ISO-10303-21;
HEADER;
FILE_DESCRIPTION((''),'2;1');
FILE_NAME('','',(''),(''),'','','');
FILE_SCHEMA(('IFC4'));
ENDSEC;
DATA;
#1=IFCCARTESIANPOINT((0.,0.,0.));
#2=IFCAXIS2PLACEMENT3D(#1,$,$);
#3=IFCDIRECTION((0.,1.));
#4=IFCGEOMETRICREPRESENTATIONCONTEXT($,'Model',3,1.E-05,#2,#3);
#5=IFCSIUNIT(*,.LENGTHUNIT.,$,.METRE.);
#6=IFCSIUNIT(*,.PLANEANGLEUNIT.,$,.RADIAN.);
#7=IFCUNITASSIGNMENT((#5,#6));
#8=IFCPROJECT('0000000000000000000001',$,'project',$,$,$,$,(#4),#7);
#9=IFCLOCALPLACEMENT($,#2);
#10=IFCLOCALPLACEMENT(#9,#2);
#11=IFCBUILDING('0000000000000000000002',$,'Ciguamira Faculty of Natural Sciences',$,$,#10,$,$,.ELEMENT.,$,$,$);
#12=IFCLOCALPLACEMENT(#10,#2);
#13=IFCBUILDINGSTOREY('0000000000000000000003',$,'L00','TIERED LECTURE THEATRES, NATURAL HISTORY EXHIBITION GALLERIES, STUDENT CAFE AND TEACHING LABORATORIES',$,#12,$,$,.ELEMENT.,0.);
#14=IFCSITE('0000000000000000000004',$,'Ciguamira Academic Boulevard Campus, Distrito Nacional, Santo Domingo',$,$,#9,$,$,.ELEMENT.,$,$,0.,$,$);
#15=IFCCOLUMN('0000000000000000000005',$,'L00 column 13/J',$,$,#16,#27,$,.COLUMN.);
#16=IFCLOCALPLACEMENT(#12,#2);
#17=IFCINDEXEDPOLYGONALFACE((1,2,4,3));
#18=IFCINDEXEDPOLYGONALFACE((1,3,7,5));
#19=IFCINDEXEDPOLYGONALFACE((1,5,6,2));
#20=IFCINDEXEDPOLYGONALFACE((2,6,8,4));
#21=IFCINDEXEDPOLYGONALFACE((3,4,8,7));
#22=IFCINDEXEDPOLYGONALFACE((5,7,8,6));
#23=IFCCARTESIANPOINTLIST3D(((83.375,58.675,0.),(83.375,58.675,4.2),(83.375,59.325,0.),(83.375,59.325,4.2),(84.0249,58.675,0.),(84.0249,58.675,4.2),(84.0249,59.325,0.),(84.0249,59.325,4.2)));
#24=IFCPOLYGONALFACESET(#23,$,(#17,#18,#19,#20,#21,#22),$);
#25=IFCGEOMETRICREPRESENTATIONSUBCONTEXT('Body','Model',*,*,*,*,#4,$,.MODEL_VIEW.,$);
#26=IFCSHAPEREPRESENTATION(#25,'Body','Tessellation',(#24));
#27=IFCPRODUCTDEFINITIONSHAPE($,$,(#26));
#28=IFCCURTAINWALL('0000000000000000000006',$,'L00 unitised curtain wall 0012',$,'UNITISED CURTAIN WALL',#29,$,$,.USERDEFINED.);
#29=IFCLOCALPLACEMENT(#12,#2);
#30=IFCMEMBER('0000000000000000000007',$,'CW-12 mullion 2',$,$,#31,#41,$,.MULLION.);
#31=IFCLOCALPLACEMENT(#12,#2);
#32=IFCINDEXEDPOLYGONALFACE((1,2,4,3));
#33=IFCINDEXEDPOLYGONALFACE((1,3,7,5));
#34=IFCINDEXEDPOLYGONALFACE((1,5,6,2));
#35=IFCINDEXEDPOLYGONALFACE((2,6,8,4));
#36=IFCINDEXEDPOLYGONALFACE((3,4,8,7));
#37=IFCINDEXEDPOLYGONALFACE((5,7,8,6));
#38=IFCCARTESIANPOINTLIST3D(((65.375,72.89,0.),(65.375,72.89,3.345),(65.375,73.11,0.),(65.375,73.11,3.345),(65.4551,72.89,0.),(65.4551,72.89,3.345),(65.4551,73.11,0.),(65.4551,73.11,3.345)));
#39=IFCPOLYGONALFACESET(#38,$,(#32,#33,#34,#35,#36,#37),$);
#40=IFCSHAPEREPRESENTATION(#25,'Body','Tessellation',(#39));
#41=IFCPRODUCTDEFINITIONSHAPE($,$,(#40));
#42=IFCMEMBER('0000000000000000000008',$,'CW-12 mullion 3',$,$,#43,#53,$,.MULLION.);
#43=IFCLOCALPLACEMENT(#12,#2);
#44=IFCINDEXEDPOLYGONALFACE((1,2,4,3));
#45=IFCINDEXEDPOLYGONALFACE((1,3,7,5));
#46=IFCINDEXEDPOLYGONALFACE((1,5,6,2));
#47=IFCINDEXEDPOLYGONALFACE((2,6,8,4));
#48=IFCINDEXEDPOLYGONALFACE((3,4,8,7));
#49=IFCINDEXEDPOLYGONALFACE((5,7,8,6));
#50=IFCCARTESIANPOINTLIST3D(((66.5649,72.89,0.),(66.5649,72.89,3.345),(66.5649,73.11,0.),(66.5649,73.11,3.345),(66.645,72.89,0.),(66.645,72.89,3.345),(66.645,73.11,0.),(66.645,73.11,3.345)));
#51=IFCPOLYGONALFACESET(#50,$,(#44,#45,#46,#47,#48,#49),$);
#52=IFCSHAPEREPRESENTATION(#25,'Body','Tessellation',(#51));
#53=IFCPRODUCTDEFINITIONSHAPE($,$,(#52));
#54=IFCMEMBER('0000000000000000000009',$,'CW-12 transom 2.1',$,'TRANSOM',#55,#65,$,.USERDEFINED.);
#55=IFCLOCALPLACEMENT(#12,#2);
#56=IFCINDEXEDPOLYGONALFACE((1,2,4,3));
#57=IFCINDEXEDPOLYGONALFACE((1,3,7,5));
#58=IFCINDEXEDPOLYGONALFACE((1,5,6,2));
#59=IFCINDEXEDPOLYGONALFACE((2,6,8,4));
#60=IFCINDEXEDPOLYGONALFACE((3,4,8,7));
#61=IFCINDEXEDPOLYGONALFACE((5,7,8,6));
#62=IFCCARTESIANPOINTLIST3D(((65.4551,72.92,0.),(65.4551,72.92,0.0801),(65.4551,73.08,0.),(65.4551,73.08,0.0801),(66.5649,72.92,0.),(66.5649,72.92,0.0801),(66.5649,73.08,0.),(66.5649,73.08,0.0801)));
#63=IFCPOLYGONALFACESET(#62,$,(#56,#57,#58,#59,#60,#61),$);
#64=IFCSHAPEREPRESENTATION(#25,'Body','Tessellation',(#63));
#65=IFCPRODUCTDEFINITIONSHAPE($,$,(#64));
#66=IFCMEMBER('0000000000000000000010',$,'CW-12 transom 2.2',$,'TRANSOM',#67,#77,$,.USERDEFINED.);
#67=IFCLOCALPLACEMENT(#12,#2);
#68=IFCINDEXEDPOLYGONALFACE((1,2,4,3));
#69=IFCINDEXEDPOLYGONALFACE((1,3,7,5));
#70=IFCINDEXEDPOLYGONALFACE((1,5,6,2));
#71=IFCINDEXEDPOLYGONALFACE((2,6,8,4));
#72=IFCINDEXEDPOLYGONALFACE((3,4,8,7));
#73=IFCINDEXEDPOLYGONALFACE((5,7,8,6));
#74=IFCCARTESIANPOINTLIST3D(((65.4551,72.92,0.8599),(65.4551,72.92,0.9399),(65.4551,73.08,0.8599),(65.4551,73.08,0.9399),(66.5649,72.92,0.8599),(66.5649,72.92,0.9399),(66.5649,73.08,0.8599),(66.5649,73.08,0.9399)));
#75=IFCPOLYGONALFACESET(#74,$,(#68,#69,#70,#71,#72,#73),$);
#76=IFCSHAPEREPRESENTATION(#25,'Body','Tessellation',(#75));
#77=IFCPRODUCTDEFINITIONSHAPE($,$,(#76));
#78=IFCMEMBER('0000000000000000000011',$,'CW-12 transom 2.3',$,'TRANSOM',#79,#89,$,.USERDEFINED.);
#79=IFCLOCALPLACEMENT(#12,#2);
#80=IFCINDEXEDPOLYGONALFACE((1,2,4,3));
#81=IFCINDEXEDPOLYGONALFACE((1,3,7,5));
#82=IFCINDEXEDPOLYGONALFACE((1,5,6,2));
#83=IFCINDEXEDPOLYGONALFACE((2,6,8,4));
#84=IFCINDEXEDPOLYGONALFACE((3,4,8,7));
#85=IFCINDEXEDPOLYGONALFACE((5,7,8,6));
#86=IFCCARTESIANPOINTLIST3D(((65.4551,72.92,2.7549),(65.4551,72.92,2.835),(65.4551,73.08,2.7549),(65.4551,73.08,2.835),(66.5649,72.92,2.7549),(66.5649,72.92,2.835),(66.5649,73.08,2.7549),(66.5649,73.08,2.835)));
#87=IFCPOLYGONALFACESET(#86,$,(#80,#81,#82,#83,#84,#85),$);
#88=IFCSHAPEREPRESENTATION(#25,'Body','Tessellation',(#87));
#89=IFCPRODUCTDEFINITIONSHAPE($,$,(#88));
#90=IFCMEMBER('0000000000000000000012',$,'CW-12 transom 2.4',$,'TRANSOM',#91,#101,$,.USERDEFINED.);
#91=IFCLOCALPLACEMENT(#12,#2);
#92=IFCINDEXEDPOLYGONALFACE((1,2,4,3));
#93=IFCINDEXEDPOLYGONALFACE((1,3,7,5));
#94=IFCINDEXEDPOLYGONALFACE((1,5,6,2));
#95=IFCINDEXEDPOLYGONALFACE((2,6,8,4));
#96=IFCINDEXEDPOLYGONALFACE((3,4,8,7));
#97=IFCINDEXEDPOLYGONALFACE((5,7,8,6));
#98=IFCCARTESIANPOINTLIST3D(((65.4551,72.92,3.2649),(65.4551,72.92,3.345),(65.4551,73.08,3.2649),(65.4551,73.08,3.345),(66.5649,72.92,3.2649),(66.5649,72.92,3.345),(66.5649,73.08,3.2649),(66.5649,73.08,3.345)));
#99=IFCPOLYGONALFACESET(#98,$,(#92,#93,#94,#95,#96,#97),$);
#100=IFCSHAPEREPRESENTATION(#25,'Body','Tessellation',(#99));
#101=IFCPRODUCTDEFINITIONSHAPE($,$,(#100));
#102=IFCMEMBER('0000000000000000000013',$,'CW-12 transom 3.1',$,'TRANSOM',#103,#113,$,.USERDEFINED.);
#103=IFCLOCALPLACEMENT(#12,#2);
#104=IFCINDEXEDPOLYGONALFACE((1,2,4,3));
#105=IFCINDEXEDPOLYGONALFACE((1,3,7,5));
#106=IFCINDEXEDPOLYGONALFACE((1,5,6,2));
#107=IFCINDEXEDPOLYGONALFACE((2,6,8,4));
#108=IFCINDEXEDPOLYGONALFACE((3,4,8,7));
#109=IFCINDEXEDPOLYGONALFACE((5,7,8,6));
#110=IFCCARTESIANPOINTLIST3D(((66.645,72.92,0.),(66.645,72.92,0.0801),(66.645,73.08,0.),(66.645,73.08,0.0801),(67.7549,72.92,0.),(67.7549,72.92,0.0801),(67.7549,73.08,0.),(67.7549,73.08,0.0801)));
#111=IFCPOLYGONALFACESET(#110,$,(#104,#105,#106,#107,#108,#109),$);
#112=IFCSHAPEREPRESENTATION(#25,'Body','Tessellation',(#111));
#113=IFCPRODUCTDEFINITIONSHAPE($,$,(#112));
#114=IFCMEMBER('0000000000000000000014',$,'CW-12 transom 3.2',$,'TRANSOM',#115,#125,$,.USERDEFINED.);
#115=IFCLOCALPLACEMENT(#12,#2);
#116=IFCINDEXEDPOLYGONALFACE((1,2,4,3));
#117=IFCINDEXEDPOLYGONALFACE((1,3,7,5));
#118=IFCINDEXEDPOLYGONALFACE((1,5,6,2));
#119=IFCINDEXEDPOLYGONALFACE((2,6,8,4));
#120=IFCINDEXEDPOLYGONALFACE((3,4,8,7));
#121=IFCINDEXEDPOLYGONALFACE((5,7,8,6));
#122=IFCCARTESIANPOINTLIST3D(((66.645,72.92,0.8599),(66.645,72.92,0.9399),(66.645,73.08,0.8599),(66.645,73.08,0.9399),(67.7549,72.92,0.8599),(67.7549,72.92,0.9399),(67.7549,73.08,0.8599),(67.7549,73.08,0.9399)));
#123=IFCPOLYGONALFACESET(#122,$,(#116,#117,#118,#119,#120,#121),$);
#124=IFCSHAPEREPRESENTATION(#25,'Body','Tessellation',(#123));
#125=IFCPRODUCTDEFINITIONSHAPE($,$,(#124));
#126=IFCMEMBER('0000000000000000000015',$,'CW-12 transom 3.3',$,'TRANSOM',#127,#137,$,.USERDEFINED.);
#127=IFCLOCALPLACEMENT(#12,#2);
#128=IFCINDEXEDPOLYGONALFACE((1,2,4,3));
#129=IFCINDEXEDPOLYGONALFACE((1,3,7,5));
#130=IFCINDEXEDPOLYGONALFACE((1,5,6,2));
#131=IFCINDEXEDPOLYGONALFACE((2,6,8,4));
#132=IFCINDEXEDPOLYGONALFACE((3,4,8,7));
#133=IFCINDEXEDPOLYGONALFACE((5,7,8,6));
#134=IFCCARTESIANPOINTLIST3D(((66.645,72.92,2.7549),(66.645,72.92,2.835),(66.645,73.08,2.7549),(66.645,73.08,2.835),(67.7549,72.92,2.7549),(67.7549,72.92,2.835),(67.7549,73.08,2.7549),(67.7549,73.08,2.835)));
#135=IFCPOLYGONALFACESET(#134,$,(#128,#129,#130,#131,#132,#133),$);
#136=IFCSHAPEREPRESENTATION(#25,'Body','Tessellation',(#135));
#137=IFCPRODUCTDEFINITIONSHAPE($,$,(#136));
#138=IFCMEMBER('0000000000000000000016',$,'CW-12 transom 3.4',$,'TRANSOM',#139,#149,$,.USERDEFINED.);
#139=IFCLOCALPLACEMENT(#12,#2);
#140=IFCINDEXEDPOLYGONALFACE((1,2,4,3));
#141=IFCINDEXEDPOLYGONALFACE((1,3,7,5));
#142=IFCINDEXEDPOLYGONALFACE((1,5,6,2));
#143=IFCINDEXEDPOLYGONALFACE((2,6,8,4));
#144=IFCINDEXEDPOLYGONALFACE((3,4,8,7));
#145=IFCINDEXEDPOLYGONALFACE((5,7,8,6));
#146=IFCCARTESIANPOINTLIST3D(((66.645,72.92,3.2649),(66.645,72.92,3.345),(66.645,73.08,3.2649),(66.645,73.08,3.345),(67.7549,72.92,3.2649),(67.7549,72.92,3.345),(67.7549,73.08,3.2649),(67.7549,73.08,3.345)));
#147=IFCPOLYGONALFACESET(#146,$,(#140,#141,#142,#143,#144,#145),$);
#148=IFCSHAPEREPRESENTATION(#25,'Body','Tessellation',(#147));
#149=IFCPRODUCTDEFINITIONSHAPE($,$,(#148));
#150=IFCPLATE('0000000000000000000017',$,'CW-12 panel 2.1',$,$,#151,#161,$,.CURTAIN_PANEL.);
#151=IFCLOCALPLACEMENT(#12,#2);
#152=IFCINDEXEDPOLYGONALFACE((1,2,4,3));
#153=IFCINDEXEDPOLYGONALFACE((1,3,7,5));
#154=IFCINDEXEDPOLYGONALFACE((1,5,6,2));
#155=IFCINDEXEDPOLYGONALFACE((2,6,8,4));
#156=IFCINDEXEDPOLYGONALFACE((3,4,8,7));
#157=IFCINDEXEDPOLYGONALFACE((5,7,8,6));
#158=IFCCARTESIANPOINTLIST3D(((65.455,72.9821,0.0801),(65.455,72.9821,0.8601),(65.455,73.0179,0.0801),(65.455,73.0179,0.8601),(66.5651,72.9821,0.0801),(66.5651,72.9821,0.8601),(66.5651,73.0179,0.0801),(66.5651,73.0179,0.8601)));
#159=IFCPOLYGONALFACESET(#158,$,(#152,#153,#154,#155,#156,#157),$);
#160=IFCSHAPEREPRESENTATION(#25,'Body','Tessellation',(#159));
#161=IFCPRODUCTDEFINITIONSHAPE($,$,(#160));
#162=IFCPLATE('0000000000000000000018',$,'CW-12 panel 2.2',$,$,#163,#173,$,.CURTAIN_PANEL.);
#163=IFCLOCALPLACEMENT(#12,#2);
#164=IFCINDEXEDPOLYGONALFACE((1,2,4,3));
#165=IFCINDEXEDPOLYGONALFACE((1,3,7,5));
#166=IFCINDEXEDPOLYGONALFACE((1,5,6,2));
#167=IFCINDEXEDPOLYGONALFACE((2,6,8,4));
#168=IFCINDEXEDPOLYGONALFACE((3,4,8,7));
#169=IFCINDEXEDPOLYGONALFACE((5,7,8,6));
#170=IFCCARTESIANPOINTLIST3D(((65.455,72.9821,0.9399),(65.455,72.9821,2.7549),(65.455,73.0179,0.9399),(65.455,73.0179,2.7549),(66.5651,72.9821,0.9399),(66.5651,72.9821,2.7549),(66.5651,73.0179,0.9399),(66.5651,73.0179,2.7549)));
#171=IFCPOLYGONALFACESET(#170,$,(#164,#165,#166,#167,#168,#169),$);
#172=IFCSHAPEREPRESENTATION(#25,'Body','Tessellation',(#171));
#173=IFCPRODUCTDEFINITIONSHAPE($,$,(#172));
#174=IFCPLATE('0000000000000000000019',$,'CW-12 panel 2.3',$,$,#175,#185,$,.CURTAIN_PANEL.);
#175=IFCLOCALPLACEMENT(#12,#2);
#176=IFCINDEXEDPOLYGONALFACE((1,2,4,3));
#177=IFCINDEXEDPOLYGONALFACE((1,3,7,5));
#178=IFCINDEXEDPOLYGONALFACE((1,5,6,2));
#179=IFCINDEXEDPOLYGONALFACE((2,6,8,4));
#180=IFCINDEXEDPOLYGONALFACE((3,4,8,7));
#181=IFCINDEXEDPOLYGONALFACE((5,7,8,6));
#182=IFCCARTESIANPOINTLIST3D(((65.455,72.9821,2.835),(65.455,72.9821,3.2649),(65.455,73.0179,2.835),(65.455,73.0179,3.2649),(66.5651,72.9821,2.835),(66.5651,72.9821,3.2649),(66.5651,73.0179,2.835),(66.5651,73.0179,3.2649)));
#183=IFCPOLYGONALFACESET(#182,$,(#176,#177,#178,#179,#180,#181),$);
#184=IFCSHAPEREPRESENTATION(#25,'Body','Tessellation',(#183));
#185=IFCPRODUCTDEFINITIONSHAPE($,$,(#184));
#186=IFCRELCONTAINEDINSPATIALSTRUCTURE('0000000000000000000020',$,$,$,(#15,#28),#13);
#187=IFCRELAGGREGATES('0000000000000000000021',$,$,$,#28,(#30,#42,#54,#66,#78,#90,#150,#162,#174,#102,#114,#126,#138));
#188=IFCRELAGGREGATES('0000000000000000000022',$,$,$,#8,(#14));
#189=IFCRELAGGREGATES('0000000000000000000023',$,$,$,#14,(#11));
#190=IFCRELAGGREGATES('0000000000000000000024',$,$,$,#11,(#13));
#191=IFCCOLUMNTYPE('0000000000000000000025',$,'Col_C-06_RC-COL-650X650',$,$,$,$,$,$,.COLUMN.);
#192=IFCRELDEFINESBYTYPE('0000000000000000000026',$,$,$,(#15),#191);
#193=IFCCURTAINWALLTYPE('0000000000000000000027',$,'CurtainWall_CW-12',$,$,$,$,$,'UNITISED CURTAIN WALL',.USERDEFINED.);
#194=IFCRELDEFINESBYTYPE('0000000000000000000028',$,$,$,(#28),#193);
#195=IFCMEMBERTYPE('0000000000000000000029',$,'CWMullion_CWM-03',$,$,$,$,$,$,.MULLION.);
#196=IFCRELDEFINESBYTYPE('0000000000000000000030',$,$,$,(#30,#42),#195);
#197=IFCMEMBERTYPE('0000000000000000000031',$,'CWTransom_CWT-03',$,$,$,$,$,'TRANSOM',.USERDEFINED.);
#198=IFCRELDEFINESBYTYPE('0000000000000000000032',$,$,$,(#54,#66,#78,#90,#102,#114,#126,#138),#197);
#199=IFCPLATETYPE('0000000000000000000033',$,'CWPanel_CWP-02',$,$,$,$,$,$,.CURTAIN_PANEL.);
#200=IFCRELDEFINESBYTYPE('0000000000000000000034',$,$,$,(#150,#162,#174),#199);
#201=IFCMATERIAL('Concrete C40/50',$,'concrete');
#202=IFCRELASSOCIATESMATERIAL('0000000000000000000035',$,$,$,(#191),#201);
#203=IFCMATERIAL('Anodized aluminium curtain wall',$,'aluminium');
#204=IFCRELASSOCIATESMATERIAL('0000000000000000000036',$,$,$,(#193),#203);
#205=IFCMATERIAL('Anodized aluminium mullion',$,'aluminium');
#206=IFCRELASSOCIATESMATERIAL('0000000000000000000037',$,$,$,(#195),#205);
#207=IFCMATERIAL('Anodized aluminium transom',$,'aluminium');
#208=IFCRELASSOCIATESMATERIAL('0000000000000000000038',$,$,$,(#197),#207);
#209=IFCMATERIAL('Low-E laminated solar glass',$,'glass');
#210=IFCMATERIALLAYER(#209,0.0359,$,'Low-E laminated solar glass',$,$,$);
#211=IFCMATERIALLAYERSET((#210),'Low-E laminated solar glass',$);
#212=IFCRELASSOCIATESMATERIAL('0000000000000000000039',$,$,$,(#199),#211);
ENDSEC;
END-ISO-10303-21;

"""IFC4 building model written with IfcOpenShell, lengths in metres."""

from ifc_helpers import new_model, si_unit, direction, frame, origin, origin_2d, place, context, subcontext, project, spatial, rectangle, extrude, material, layer, layer_set, material_profile, profile_set, type_object, element, aggregate, save


model = new_model("IFC4")

# Units and contexts
model_context = context("Model", 3, precision=1e-05, world=origin(), true_north=direction((0.0, 1.0)))
body_context = subcontext(model_context, "Body", "Model", "MODEL_VIEW")
ifc_project = project(units=[si_unit("LENGTHUNIT", "METRE"), si_unit("PLANEANGLEUNIT", "RADIAN")], contexts=[model_context])

# Site, building, storey
site_placement = place(None, origin())
site = spatial("IfcSite", under=ifc_project, at=site_placement, Name="Ciguamira Academic Boulevard Campus, Distrito Nacional, Santo Domingo", CompositionType="ELEMENT", RefElevation=0.0)
building_placement = place(site_placement, origin())
building = spatial("IfcBuilding", under=site, at=building_placement, Name="Ciguamira Faculty of Natural Sciences", CompositionType="ELEMENT")
storey_placement = place(building_placement, origin())
storey = spatial("IfcBuildingStorey", under=building, at=storey_placement, Name="L00", Description="TIERED LECTURE THEATRES, NATURAL HISTORY EXHIBITION GALLERIES, STUDENT CAFE AND TEACHING LABORATORIES", CompositionType="ELEMENT", Elevation=0.0)

# Column
ifc_material_1 = material(Name="Concrete C40/50", Category="concrete")
ifc_material_profile_1 = material_profile(ifc_material_1, rectangle(XDim=0.6499, YDim=0.6499, at=origin_2d()), Name="RC-COL-650X650")
ifc_profile_set_1 = profile_set([ifc_material_profile_1], Name="Concrete C40/50")
column_type = type_object("IfcColumnType", Name="Col_C-06_RC-COL-650X650", PredefinedType="COLUMN", material=ifc_profile_set_1)
column_placement = place(storey_placement, frame((83.7, 59.0, 0.0), z_axis=(0.0, 0.0, 1.0), x_axis=(1.0, 0.0, 0.0)))
element("IfcColumn", 1, at=column_placement, inside=storey, type_object=column_type, Name="L00 column 13/J", PredefinedType="COLUMN", context=body_context, shape_type="SweptSolid", body=[
    extrude(rectangle(XDim=0.6499, YDim=0.6499, at=origin_2d()), origin(), (0.0, 0.0, 1.0), 4.2),
])

# Curtain wall, members, plates
ifc_material_2 = material(Name="Anodized aluminium curtain wall", Category="aluminium")
curtain_wall_type = type_object("IfcCurtainWallType", Name="CurtainWall_CW-12", ElementType="UNITISED CURTAIN WALL", PredefinedType="USERDEFINED", material=ifc_material_2)
curtain_wall_placement = place(storey_placement, origin())
curtain_wall = element("IfcCurtainWall", 2, at=curtain_wall_placement, inside=storey, type_object=curtain_wall_type, Name="L00 unitised curtain wall 0012", ObjectType="UNITISED CURTAIN WALL", PredefinedType="USERDEFINED")
ifc_material_3 = material(Name="Anodized aluminium mullion", Category="aluminium")
ifc_material_profile_2 = material_profile(ifc_material_3, rectangle(XDim=0.0801, YDim=0.22, at=origin_2d()), Name="ALU-MUL-80X220")
ifc_profile_set_2 = profile_set([ifc_material_profile_2], Name="Anodized aluminium mullion")
member_type_1 = type_object("IfcMemberType", Name="CWMullion_CWM-03", PredefinedType="MULLION", material=ifc_profile_set_2)
member_1_placement = place(storey_placement, frame((65.415, 73.0, 0.0), z_axis=(0.0, 0.0, 1.0), x_axis=(1.0, 0.0, 0.0)))
member_1 = element("IfcMember", 3, at=member_1_placement, type_object=member_type_1, Name="CW-12 mullion 2", PredefinedType="MULLION", context=body_context, shape_type="SweptSolid", body=[
    extrude(rectangle(XDim=0.0801, YDim=0.22, at=origin_2d()), origin(), (0.0, 0.0, 1.0), 3.345),
])
member_2_placement = place(storey_placement, frame((66.605, 73.0, 0.0), z_axis=(0.0, 0.0, 1.0), x_axis=(1.0, 0.0, 0.0)))
member_2 = element("IfcMember", 4, at=member_2_placement, type_object=member_type_1, Name="CW-12 mullion 3", PredefinedType="MULLION", context=body_context, shape_type="SweptSolid", body=[
    extrude(rectangle(XDim=0.0801, YDim=0.22, at=origin_2d()), origin(), (0.0, 0.0, 1.0), 3.345),
])
ifc_material_4 = material(Name="Anodized aluminium transom", Category="aluminium")
ifc_material_profile_3 = material_profile(ifc_material_4, rectangle(XDim=0.0801, YDim=0.1599, at=origin_2d()), Name="ALU-TRN-80X160")
ifc_profile_set_3 = profile_set([ifc_material_profile_3], Name="Anodized aluminium transom")
member_type_2 = type_object("IfcMemberType", Name="CWTransom_CWT-03", ElementType="TRANSOM", PredefinedType="USERDEFINED", material=ifc_profile_set_3)
member_3_placement = place(storey_placement, frame((65.4551, 73.0, 0.04), z_axis=(1.0, 0.0, 0.0), x_axis=(0.0, 0.0, 1.0)))
member_3 = element("IfcMember", 5, at=member_3_placement, type_object=member_type_2, Name="CW-12 transom 2.1", ObjectType="TRANSOM", PredefinedType="USERDEFINED", context=body_context, shape_type="SweptSolid", body=[
    extrude(rectangle(XDim=0.0801, YDim=0.1599, at=origin_2d()), origin(), (0.0, 0.0, 1.0), 1.1099),
])
member_4_placement = place(storey_placement, frame((65.4551, 73.0, 0.8999), z_axis=(1.0, 0.0, 0.0), x_axis=(0.0, 0.0, 1.0)))
member_4 = element("IfcMember", 6, at=member_4_placement, type_object=member_type_2, Name="CW-12 transom 2.2", ObjectType="TRANSOM", PredefinedType="USERDEFINED", context=body_context, shape_type="SweptSolid", body=[
    extrude(rectangle(XDim=0.0801, YDim=0.1599, at=origin_2d()), origin(), (0.0, 0.0, 1.0), 1.1099),
])
member_5_placement = place(storey_placement, frame((65.4551, 73.0, 2.7949), z_axis=(1.0, 0.0, 0.0), x_axis=(0.0, 0.0, 1.0)))
member_5 = element("IfcMember", 7, at=member_5_placement, type_object=member_type_2, Name="CW-12 transom 2.3", ObjectType="TRANSOM", PredefinedType="USERDEFINED", context=body_context, shape_type="SweptSolid", body=[
    extrude(rectangle(XDim=0.0801, YDim=0.1599, at=origin_2d()), origin(), (0.0, 0.0, 1.0), 1.1099),
])
member_6_placement = place(storey_placement, frame((65.4551, 73.0, 3.3049), z_axis=(1.0, 0.0, 0.0), x_axis=(0.0, 0.0, 1.0)))
member_6 = element("IfcMember", 8, at=member_6_placement, type_object=member_type_2, Name="CW-12 transom 2.4", ObjectType="TRANSOM", PredefinedType="USERDEFINED", context=body_context, shape_type="SweptSolid", body=[
    extrude(rectangle(XDim=0.0801, YDim=0.1599, at=origin_2d()), origin(), (0.0, 0.0, 1.0), 1.1099),
])
member_7_placement = place(storey_placement, frame((66.645, 73.0, 0.04), z_axis=(1.0, 0.0, 0.0), x_axis=(0.0, 0.0, 1.0)))
member_7 = element("IfcMember", 9, at=member_7_placement, type_object=member_type_2, Name="CW-12 transom 3.1", ObjectType="TRANSOM", PredefinedType="USERDEFINED", context=body_context, shape_type="SweptSolid", body=[
    extrude(rectangle(XDim=0.0801, YDim=0.1599, at=origin_2d()), origin(), (0.0, 0.0, 1.0), 1.1099),
])
member_8_placement = place(storey_placement, frame((66.645, 73.0, 0.8999), z_axis=(1.0, 0.0, 0.0), x_axis=(0.0, 0.0, 1.0)))
member_8 = element("IfcMember", 10, at=member_8_placement, type_object=member_type_2, Name="CW-12 transom 3.2", ObjectType="TRANSOM", PredefinedType="USERDEFINED", context=body_context, shape_type="SweptSolid", body=[
    extrude(rectangle(XDim=0.0801, YDim=0.1599, at=origin_2d()), origin(), (0.0, 0.0, 1.0), 1.1099),
])
member_9_placement = place(storey_placement, frame((66.645, 73.0, 2.7949), z_axis=(1.0, 0.0, 0.0), x_axis=(0.0, 0.0, 1.0)))
member_9 = element("IfcMember", 11, at=member_9_placement, type_object=member_type_2, Name="CW-12 transom 3.3", ObjectType="TRANSOM", PredefinedType="USERDEFINED", context=body_context, shape_type="SweptSolid", body=[
    extrude(rectangle(XDim=0.0801, YDim=0.1599, at=origin_2d()), origin(), (0.0, 0.0, 1.0), 1.1099),
])
member_10_placement = place(storey_placement, frame((66.645, 73.0, 3.3049), z_axis=(1.0, 0.0, 0.0), x_axis=(0.0, 0.0, 1.0)))
member_10 = element("IfcMember", 12, at=member_10_placement, type_object=member_type_2, Name="CW-12 transom 3.4", ObjectType="TRANSOM", PredefinedType="USERDEFINED", context=body_context, shape_type="SweptSolid", body=[
    extrude(rectangle(XDim=0.0801, YDim=0.1599, at=origin_2d()), origin(), (0.0, 0.0, 1.0), 1.1099),
])
ifc_material_5 = material(Name="Low-E laminated solar glass", Category="glass")
ifc_layer_1 = layer(ifc_material_5, 0.0359, Name="Low-E laminated solar glass")
ifc_layer_set_1 = layer_set([ifc_layer_1], Name="Low-E laminated solar glass")
plate_type = type_object("IfcPlateType", Name="CWPanel_CWP-02", PredefinedType="CURTAIN_PANEL", material=ifc_layer_set_1)
plate_1_placement = place(storey_placement, frame((66.01, 73.0, 0.0801), z_axis=(0.0, 0.0, 1.0), x_axis=(1.0, 0.0, 0.0)))
plate_1 = element("IfcPlate", 13, at=plate_1_placement, type_object=plate_type, Name="CW-12 panel 2.1", PredefinedType="CURTAIN_PANEL", context=body_context, shape_type="SweptSolid", body=[
    extrude(rectangle(XDim=1.1101, YDim=0.0359, at=origin_2d()), origin(), (0.0, 0.0, 1.0), 0.78),
])
plate_2_placement = place(storey_placement, frame((66.01, 73.0, 0.9399), z_axis=(0.0, 0.0, 1.0), x_axis=(1.0, 0.0, 0.0)))
plate_2 = element("IfcPlate", 14, at=plate_2_placement, type_object=plate_type, Name="CW-12 panel 2.2", PredefinedType="CURTAIN_PANEL", context=body_context, shape_type="SweptSolid", body=[
    extrude(rectangle(XDim=1.1101, YDim=0.0359, at=origin_2d()), origin(), (0.0, 0.0, 1.0), 1.8149),
])
plate_3_placement = place(storey_placement, frame((66.01, 73.0, 2.835), z_axis=(0.0, 0.0, 1.0), x_axis=(1.0, 0.0, 0.0)))
plate_3 = element("IfcPlate", 15, at=plate_3_placement, type_object=plate_type, Name="CW-12 panel 2.3", PredefinedType="CURTAIN_PANEL", context=body_context, shape_type="SweptSolid", body=[
    extrude(rectangle(XDim=1.1101, YDim=0.0359, at=origin_2d()), origin(), (0.0, 0.0, 1.0), 0.4299),
])
aggregate(curtain_wall, [member_1, member_2, member_3, member_4, member_5, member_6, plate_1, plate_2, plate_3, member_7, member_8, member_9, member_10])

save(model, "model.ifc")
